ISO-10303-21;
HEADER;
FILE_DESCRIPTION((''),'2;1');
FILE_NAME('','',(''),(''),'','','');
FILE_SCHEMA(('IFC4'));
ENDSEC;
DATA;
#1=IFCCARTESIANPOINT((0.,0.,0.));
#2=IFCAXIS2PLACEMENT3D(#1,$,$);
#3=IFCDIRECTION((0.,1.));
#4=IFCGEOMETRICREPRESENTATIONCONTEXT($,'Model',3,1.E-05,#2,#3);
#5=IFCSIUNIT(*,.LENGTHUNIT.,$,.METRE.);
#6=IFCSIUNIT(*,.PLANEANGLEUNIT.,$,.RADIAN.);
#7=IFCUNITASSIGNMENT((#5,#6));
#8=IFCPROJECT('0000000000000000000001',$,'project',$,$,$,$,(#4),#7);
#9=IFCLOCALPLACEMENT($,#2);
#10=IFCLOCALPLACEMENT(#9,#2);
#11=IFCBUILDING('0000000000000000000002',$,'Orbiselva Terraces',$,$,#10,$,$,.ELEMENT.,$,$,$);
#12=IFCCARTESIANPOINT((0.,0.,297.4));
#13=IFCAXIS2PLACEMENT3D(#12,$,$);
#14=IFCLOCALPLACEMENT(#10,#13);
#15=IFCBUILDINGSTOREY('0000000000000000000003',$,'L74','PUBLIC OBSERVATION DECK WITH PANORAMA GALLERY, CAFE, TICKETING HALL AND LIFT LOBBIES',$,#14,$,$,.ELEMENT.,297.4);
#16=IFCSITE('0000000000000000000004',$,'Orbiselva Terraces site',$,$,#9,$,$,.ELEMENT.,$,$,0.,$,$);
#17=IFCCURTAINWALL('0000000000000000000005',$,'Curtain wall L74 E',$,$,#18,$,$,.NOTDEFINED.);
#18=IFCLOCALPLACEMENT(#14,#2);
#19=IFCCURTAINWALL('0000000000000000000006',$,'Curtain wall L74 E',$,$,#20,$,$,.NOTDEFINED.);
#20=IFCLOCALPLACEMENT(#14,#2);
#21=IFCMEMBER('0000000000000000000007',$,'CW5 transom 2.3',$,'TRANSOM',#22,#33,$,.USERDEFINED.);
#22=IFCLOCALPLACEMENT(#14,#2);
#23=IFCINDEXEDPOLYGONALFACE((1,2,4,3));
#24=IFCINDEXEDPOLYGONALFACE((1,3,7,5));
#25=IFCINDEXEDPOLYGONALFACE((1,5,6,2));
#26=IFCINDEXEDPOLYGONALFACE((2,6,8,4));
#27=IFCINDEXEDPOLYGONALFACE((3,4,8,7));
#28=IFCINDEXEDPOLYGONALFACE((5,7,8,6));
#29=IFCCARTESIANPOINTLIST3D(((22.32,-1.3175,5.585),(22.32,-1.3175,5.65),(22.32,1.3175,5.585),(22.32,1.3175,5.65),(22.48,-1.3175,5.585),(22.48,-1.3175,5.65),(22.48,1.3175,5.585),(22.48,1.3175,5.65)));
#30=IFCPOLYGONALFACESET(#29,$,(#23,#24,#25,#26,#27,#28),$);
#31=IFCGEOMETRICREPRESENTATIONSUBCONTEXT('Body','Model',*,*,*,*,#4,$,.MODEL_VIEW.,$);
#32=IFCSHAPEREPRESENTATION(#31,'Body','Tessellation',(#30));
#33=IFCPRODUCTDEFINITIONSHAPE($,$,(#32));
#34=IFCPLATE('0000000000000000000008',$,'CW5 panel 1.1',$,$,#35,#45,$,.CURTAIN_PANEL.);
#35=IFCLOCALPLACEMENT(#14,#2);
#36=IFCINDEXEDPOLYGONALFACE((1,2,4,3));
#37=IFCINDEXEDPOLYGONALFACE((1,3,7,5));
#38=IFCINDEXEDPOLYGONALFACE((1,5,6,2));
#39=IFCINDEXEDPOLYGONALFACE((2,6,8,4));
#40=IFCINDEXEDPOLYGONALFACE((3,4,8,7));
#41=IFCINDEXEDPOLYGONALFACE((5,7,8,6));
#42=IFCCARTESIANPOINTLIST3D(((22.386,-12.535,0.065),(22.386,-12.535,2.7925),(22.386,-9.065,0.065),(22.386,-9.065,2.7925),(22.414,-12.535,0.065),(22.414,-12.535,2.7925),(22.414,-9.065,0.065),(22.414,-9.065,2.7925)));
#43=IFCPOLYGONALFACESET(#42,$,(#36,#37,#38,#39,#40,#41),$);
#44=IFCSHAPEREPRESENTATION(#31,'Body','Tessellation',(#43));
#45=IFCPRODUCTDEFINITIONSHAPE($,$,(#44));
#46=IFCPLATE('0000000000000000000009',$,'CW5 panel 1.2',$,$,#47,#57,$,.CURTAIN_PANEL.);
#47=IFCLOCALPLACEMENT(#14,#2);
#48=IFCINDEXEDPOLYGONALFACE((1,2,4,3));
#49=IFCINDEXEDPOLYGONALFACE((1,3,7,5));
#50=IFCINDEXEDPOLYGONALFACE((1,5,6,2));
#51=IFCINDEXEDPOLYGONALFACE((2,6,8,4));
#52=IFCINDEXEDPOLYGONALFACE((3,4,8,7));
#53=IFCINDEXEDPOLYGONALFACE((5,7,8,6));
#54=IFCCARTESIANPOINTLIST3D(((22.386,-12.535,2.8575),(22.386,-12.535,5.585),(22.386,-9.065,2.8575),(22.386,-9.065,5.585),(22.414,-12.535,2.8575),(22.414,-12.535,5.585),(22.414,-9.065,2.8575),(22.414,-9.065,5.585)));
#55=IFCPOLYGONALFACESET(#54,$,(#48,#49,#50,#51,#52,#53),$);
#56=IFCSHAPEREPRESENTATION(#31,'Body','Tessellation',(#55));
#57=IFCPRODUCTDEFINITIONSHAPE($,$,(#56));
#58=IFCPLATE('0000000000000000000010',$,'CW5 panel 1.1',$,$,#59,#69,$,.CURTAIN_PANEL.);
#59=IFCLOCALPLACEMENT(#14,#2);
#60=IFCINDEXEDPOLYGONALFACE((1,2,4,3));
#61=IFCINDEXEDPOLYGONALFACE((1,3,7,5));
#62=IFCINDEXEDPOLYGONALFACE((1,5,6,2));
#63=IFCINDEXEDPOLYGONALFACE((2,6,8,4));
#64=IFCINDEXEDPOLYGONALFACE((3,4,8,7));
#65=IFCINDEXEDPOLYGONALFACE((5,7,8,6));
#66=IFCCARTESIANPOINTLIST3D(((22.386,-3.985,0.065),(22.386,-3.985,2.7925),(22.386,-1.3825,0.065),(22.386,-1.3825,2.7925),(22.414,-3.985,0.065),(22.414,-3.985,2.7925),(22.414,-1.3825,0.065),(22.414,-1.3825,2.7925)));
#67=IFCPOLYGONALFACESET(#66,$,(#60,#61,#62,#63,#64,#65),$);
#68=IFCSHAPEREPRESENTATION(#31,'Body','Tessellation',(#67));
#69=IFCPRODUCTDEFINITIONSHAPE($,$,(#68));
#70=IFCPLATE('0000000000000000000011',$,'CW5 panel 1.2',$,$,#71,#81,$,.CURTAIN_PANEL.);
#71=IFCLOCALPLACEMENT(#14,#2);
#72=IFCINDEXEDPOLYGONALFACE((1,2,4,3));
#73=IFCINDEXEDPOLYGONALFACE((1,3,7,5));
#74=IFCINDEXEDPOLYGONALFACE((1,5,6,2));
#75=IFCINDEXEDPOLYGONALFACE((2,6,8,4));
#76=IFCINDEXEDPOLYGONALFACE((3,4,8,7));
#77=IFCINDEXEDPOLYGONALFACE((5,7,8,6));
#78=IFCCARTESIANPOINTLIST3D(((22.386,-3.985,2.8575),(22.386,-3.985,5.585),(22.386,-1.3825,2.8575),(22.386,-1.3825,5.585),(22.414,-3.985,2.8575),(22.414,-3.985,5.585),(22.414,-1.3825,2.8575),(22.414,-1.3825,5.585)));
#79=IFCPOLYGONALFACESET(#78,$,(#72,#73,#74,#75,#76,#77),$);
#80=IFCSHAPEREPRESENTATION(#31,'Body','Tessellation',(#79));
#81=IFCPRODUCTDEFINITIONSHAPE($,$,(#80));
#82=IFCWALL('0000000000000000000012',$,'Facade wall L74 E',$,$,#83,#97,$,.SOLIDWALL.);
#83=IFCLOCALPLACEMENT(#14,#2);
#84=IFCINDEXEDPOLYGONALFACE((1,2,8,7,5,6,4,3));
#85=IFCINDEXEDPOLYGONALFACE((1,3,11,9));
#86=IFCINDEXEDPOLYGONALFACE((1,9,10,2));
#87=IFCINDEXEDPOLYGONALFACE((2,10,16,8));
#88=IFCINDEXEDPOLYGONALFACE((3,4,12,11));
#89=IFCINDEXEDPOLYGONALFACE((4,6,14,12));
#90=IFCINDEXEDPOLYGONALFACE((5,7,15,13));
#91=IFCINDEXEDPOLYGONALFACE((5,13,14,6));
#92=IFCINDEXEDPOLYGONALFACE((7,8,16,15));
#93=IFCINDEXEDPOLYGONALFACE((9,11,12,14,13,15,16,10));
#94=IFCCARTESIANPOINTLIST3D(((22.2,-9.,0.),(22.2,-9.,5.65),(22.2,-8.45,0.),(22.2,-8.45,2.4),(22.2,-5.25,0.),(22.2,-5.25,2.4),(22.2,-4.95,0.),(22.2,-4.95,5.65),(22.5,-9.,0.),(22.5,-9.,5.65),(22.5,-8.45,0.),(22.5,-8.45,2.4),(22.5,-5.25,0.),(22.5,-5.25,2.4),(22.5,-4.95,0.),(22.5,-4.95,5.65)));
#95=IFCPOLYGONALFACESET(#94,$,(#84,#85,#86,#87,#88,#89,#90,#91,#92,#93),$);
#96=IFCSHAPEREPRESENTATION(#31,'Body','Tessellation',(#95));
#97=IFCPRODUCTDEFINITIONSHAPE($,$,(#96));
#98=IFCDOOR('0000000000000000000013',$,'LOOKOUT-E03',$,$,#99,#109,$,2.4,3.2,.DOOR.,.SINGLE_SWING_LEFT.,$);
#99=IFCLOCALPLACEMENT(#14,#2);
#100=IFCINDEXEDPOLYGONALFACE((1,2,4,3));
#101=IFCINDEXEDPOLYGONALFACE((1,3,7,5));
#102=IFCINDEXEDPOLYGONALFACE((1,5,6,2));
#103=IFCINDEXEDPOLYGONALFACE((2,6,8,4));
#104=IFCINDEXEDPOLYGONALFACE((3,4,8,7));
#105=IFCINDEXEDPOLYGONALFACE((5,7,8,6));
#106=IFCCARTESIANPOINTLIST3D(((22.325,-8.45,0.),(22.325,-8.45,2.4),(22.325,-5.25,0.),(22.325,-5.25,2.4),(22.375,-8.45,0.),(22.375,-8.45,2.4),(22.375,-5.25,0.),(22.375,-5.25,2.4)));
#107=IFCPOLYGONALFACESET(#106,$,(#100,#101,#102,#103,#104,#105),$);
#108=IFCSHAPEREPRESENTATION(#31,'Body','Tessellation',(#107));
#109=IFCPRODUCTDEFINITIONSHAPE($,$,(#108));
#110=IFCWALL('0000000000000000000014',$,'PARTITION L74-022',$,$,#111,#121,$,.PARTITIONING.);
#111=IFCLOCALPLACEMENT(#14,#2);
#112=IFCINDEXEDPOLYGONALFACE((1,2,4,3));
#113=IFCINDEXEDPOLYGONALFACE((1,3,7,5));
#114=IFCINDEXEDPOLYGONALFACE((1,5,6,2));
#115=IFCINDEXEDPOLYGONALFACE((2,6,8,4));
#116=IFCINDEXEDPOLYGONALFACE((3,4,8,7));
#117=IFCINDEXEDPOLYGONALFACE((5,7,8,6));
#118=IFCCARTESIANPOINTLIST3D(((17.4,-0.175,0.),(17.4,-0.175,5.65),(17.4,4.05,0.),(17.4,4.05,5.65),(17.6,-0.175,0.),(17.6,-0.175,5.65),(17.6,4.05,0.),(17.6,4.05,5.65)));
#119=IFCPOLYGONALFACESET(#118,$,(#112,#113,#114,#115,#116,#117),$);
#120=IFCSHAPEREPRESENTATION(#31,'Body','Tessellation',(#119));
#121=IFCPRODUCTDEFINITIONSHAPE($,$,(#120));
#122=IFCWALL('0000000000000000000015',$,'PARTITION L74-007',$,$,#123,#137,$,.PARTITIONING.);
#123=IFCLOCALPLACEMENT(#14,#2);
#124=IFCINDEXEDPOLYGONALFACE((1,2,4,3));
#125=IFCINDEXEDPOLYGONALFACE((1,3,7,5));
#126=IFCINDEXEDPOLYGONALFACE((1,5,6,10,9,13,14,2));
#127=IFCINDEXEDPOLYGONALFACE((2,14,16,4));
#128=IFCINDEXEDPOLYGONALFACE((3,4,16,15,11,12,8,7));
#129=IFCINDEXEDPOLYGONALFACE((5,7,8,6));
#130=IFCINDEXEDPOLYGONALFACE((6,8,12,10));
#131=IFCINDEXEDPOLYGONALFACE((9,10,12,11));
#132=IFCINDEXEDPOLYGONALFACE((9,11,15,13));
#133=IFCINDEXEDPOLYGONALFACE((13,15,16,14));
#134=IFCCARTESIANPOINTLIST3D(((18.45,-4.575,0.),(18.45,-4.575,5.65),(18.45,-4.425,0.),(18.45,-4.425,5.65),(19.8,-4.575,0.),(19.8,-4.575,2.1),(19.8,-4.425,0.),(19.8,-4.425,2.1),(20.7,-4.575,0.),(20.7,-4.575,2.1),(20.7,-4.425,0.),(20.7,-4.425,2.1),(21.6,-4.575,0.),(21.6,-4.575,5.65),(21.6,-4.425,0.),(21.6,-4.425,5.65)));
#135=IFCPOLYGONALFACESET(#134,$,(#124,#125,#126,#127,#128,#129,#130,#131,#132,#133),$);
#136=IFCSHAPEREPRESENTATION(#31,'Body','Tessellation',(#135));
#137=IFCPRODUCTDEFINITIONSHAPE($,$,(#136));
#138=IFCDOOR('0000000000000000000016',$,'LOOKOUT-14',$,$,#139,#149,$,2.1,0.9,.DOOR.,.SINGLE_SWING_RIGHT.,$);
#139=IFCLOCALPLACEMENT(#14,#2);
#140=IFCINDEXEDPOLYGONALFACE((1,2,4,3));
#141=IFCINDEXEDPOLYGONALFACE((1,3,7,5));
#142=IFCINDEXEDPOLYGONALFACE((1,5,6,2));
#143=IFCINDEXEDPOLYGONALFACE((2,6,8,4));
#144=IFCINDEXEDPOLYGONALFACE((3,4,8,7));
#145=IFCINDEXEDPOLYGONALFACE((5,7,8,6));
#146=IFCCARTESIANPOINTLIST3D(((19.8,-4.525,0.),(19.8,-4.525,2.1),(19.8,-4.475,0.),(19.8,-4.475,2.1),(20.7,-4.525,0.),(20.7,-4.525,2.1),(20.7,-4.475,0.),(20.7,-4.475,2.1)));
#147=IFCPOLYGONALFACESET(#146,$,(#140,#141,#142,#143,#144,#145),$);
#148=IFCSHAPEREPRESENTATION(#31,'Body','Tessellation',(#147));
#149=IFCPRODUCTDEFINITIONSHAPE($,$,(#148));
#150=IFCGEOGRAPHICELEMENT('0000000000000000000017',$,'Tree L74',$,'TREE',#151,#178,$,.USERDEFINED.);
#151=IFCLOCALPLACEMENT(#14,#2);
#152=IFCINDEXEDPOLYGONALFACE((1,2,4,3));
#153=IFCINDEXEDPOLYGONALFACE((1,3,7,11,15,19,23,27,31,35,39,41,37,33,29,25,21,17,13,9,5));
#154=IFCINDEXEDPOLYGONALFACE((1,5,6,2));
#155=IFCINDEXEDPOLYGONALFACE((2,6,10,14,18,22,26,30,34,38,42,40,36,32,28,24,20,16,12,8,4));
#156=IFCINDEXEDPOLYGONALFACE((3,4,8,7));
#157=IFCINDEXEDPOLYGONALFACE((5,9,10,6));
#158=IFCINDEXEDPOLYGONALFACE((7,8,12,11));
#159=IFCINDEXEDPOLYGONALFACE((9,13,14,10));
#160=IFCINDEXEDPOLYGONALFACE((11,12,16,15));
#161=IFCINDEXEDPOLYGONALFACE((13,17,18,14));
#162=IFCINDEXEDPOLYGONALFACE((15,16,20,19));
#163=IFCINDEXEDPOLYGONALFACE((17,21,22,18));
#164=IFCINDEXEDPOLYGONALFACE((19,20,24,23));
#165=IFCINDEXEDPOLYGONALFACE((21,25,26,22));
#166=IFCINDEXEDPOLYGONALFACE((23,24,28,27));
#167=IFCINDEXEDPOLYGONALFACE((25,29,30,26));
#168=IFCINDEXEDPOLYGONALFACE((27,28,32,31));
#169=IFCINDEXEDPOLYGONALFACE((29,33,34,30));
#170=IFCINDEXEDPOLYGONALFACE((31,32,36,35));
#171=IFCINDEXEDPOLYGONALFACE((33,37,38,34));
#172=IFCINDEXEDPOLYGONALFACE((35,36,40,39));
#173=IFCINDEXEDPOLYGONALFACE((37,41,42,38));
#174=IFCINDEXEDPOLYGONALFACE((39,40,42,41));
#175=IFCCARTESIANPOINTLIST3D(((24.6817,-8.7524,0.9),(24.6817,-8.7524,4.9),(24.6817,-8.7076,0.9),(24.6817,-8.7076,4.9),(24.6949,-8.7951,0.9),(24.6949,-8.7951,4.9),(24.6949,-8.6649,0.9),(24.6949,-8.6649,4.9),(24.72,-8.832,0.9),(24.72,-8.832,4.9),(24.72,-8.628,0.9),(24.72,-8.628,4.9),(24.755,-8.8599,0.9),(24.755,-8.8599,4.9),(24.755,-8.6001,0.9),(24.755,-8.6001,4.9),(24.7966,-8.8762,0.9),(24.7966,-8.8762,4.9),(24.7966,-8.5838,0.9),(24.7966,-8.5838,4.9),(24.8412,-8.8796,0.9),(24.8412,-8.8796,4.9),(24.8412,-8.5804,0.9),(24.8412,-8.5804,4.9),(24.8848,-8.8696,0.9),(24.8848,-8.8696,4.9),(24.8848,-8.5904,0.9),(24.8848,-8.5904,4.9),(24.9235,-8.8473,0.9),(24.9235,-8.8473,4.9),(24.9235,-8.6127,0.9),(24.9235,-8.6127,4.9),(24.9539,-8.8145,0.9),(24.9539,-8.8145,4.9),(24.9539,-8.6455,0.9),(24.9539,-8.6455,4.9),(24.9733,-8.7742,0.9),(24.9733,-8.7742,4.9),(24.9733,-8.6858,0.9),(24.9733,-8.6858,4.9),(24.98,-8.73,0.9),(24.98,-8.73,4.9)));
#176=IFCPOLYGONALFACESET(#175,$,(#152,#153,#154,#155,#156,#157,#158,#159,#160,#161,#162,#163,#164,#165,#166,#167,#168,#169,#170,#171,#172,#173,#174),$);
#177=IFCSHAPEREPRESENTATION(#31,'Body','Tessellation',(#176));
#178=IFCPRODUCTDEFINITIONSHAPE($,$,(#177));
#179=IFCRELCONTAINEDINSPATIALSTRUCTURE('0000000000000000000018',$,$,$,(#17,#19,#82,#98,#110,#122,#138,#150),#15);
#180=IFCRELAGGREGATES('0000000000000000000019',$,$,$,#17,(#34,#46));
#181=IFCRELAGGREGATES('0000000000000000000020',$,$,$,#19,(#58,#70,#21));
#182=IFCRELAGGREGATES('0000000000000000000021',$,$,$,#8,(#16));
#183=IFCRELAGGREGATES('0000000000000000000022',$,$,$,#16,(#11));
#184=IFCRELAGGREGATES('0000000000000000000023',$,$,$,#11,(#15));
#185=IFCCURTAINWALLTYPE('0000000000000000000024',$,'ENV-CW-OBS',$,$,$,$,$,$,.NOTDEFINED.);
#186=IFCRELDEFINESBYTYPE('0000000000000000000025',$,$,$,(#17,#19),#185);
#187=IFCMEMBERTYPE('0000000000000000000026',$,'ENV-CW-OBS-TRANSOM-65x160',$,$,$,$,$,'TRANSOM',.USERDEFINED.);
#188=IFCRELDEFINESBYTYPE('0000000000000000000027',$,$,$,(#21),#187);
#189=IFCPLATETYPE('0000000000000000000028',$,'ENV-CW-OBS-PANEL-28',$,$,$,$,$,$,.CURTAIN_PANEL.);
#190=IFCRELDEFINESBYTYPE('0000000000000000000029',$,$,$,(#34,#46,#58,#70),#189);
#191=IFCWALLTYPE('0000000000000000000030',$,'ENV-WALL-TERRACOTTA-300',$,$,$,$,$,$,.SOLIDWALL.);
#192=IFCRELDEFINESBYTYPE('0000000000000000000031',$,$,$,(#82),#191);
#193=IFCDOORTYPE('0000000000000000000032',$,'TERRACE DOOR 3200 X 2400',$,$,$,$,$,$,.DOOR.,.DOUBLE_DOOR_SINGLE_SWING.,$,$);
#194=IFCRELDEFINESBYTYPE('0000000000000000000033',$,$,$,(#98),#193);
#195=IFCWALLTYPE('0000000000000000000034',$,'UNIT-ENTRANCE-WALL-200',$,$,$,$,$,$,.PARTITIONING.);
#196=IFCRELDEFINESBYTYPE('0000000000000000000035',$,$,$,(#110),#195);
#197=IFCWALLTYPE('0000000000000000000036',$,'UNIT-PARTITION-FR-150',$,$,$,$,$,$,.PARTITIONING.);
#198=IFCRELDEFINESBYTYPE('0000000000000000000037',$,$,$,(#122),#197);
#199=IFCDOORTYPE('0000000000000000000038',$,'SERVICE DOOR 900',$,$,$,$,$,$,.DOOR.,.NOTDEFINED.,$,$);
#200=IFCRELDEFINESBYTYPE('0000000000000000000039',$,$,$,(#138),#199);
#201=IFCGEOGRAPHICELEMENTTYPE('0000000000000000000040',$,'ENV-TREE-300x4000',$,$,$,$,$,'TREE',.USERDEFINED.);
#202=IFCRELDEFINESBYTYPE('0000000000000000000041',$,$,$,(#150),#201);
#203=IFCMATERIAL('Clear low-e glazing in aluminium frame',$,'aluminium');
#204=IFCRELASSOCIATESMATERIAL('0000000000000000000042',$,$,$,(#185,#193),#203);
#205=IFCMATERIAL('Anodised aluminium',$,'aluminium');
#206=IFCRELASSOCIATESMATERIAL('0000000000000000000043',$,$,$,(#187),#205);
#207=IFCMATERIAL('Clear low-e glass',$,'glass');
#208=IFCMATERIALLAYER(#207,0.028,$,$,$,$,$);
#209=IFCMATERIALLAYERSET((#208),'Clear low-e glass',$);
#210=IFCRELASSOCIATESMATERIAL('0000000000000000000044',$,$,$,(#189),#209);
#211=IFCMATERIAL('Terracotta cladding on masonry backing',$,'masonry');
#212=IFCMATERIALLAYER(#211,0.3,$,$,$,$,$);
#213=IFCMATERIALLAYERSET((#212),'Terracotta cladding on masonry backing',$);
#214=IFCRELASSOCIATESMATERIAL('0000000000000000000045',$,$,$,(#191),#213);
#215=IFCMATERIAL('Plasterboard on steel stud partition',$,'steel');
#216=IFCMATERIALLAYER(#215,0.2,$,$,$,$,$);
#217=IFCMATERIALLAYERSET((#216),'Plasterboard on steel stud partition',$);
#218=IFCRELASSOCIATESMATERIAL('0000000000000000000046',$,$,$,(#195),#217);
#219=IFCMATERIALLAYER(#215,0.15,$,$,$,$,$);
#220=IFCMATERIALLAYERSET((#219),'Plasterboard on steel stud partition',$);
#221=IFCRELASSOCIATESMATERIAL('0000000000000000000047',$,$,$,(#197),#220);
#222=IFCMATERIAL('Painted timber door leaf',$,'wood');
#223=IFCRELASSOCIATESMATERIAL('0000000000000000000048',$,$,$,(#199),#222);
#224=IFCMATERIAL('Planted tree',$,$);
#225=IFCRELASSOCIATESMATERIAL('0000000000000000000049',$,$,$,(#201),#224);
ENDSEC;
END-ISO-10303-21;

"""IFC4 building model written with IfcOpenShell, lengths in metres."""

from ifc_helpers import new_model, si_unit, direction, frame, frame_2d, origin, origin_2d, place, context, subcontext, project, spatial, rectangle, circle, extrude, material, layer, layer_set, material_profile, profile_set, type_object, element, fill, aggregate, save


model = new_model("IFC4")

# Units and contexts
model_context = context("Model", 3, precision=1e-05, world=origin(), true_north=direction((0.0, 1.0)))
body_context = subcontext(model_context, "Body", "Model", "MODEL_VIEW")
ifc_project = project(units=[si_unit("LENGTHUNIT", "METRE"), si_unit("PLANEANGLEUNIT", "RADIAN")], contexts=[model_context])

# Site, building, storey
site_placement = place(None, origin())
site = spatial("IfcSite", under=ifc_project, at=site_placement, Name="Orbiselva Terraces site", CompositionType="ELEMENT", RefElevation=0.0)
building_placement = place(site_placement, origin())
building = spatial("IfcBuilding", under=site, at=building_placement, Name="Orbiselva Terraces", CompositionType="ELEMENT")
storey_placement = place(building_placement, frame((0.0, 0.0, 297.4)))
storey = spatial("IfcBuildingStorey", under=building, at=storey_placement, Name="L74", Description="PUBLIC OBSERVATION DECK WITH PANORAMA GALLERY, CAFE, TICKETING HALL AND LIFT LOBBIES", CompositionType="ELEMENT", Elevation=297.4)

# Curtain walls
ifc_material_1 = material(Name="Clear low-e glazing in aluminium frame", Category="aluminium")
curtain_wall_type = type_object("IfcCurtainWallType", Name="ENV-CW-OBS", PredefinedType="NOTDEFINED", material=ifc_material_1)
curtain_wall_1_placement = place(storey_placement, origin())
curtain_wall_1 = element("IfcCurtainWall", 1, at=curtain_wall_1_placement, inside=storey, type_object=curtain_wall_type, Name="Curtain wall L74 E", PredefinedType="NOTDEFINED")
ifc_material_2 = material(Name="Anodised aluminium", Category="aluminium")
curtain_wall_2_placement = place(storey_placement, origin())
curtain_wall_2 = element("IfcCurtainWall", 2, at=curtain_wall_2_placement, inside=storey, type_object=curtain_wall_type, Name="Curtain wall L74 E", PredefinedType="NOTDEFINED")

# Member
ifc_material_profile_1 = material_profile(ifc_material_2, rectangle(XDim=0.16, YDim=0.065, at=origin_2d()), Name="AL 65x160")
ifc_profile_set_1 = profile_set([ifc_material_profile_1], Name="Anodised aluminium")
member_type_1 = type_object("IfcMemberType", Name="ENV-CW-OBS-TRANSOM-65x160", ElementType="TRANSOM", PredefinedType="USERDEFINED", material=ifc_profile_set_1)
member_1_placement = place(storey_placement, frame((22.4, -1.3175, 5.6175), z_axis=(0.0, 1.0, 0.0), x_axis=(-1.0, 0.0, 0.0)))
member_1 = element("IfcMember", 3, at=member_1_placement, type_object=member_type_1, Name="CW5 transom 2.3", ObjectType="TRANSOM", PredefinedType="USERDEFINED", context=body_context, shape_type="SweptSolid", body=[
    extrude(rectangle(XDim=0.16, YDim=0.065, at=origin_2d()), origin(), (0.0, 0.0, 1.0), 2.635),
])

# Plates
ifc_material_3 = material(Name="Clear low-e glass", Category="glass")
ifc_layer_1 = layer(ifc_material_3, 0.028)
ifc_layer_set_1 = layer_set([ifc_layer_1], Name="Clear low-e glass")
plate_type = type_object("IfcPlateType", Name="ENV-CW-OBS-PANEL-28", PredefinedType="CURTAIN_PANEL", material=ifc_layer_set_1)
plate_1_placement = place(storey_placement, frame((22.4, -10.8, 0.065), z_axis=(0.0, 0.0, 1.0), x_axis=(0.0, 1.0, 0.0)))
plate_1 = element("IfcPlate", 4, at=plate_1_placement, type_object=plate_type, Name="CW5 panel 1.1", PredefinedType="CURTAIN_PANEL", context=body_context, shape_type="SweptSolid", body=[
    extrude(rectangle(XDim=3.47, YDim=0.028, at=origin_2d()), origin(), (0.0, 0.0, 1.0), 2.7275),
])
plate_2_placement = place(storey_placement, frame((22.4, -10.8, 2.8575), z_axis=(0.0, 0.0, 1.0), x_axis=(0.0, 1.0, 0.0)))
plate_2 = element("IfcPlate", 5, at=plate_2_placement, type_object=plate_type, Name="CW5 panel 1.2", PredefinedType="CURTAIN_PANEL", context=body_context, shape_type="SweptSolid", body=[
    extrude(rectangle(XDim=3.47, YDim=0.028, at=origin_2d()), origin(), (0.0, 0.0, 1.0), 2.7275),
])
aggregate(curtain_wall_1, [plate_1, plate_2])
plate_3_placement = place(storey_placement, frame((22.4, -2.6837, 0.065), z_axis=(0.0, 0.0, 1.0), x_axis=(0.0, 1.0, 0.0)))
plate_3 = element("IfcPlate", 6, at=plate_3_placement, type_object=plate_type, Name="CW5 panel 1.1", PredefinedType="CURTAIN_PANEL", context=body_context, shape_type="SweptSolid", body=[
    extrude(rectangle(XDim=2.6025, YDim=0.028, at=origin_2d()), origin(), (0.0, 0.0, 1.0), 2.7275),
])
plate_4_placement = place(storey_placement, frame((22.4, -2.6837, 2.8575), z_axis=(0.0, 0.0, 1.0), x_axis=(0.0, 1.0, 0.0)))
plate_4 = element("IfcPlate", 7, at=plate_4_placement, type_object=plate_type, Name="CW5 panel 1.2", PredefinedType="CURTAIN_PANEL", context=body_context, shape_type="SweptSolid", body=[
    extrude(rectangle(XDim=2.6025, YDim=0.028, at=origin_2d()), origin(), (0.0, 0.0, 1.0), 2.7275),
])
aggregate(curtain_wall_2, [plate_3, plate_4, member_1])

# Wall, opening, door
ifc_material_4 = material(Name="Terracotta cladding on masonry backing", Category="masonry")
ifc_layer_2 = layer(ifc_material_4, 0.3)
ifc_layer_set_2 = layer_set([ifc_layer_2], Name="Terracotta cladding on masonry backing")
wall_type_1 = type_object("IfcWallType", Name="ENV-WALL-TERRACOTTA-300", PredefinedType="SOLIDWALL", material=ifc_layer_set_2)
wall_1_placement = place(storey_placement, frame((22.35, -4.95, 0.0), z_axis=(0.0, 0.0, 1.0), x_axis=(0.0, -1.0, 0.0)))
wall_1 = element("IfcWall", 8, at=wall_1_placement, inside=storey, type_object=wall_type_1, Name="Facade wall L74 E", PredefinedType="SOLIDWALL", context=body_context, shape_type="SweptSolid", body=[
    extrude(rectangle(XDim=4.05, YDim=0.3, at=frame_2d((2.025, 0.0))), origin(), (0.0, 0.0, 1.0), 5.65),
])
opening_1_placement = place(wall_1_placement, frame((0.3, 0.0, 0.0)))
opening_1 = element("IfcOpeningElement", 9, at=opening_1_placement, cuts=wall_1, PredefinedType="OPENING", context=body_context, shape_type="SweptSolid", body=[
    extrude(rectangle(XDim=3.2, YDim=2.4, at=frame_2d((1.6, 1.2))), frame((0.0, 0.16, 0.0), z_axis=(0.0, -1.0, 0.0), x_axis=(1.0, 0.0, 0.0)), (0.0, 0.0, 1.0), 0.32),
])
door_type_1 = type_object("IfcDoorType", Name="TERRACE DOOR 3200 X 2400", OperationType="DOUBLE_DOOR_SINGLE_SWING", PredefinedType="DOOR", material=ifc_material_1)
door_1_placement = place(opening_1_placement, origin())
door_1 = element("IfcDoor", 10, at=door_1_placement, inside=storey, type_object=door_type_1, Name="LOOKOUT-E03", OperationType="SINGLE_SWING_LEFT", OverallHeight=2.4, OverallWidth=3.2, PredefinedType="DOOR", context=body_context, shape_type="SweptSolid", body=[
    extrude(rectangle(XDim=3.2, YDim=2.4, at=frame_2d((1.6, 1.2))), frame((0.0, 0.025, 0.0), z_axis=(0.0, -1.0, 0.0), x_axis=(1.0, 0.0, 0.0)), (0.0, 0.0, 1.0), 0.05),
])
fill(opening_1, door_1)

# Wall
ifc_material_5 = material(Name="Plasterboard on steel stud partition", Category="steel")
ifc_layer_3 = layer(ifc_material_5, 0.2)
ifc_layer_set_3 = layer_set([ifc_layer_3], Name="Plasterboard on steel stud partition")
wall_type_2 = type_object("IfcWallType", Name="UNIT-ENTRANCE-WALL-200", PredefinedType="PARTITIONING", material=ifc_layer_set_3)
wall_2_placement = place(storey_placement, frame((17.5, -0.175, 0.0), z_axis=(0.0, 0.0, 1.0), x_axis=(0.0, 1.0, 0.0)))
element("IfcWall", 11, at=wall_2_placement, inside=storey, type_object=wall_type_2, Name="PARTITION L74-022", PredefinedType="PARTITIONING", context=body_context, shape_type="SweptSolid", body=[
    extrude(rectangle(XDim=4.225, YDim=0.2, at=frame_2d((2.1125, 0.0))), origin(), (0.0, 0.0, 1.0), 5.65),
])

# Wall, opening, door
ifc_layer_4 = layer(ifc_material_5, 0.15)
ifc_layer_set_4 = layer_set([ifc_layer_4], Name="Plasterboard on steel stud partition")
wall_type_3 = type_object("IfcWallType", Name="UNIT-PARTITION-FR-150", PredefinedType="PARTITIONING", material=ifc_layer_set_4)
wall_3_placement = place(storey_placement, frame((18.45, -4.5, 0.0), z_axis=(0.0, 0.0, 1.0), x_axis=(1.0, 0.0, 0.0)))
wall_3 = element("IfcWall", 12, at=wall_3_placement, inside=storey, type_object=wall_type_3, Name="PARTITION L74-007", PredefinedType="PARTITIONING", context=body_context, shape_type="SweptSolid", body=[
    extrude(rectangle(XDim=3.15, YDim=0.15, at=frame_2d((1.575, 0.0))), origin(), (0.0, 0.0, 1.0), 5.65),
])
opening_2_placement = place(wall_3_placement, frame((1.35, 0.0, 0.0)))
opening_2 = element("IfcOpeningElement", 13, at=opening_2_placement, cuts=wall_3, PredefinedType="OPENING", context=body_context, shape_type="SweptSolid", body=[
    extrude(rectangle(XDim=0.9, YDim=2.1, at=frame_2d((0.45, 1.05))), frame((0.0, 0.085, 0.0), z_axis=(0.0, -1.0, 0.0), x_axis=(1.0, 0.0, 0.0)), (0.0, 0.0, 1.0), 0.17),
])
ifc_material_6 = material(Name="Painted timber door leaf", Category="wood")
door_type_2 = type_object("IfcDoorType", Name="SERVICE DOOR 900", OperationType="NOTDEFINED", PredefinedType="DOOR", material=ifc_material_6)
door_2_placement = place(opening_2_placement, origin())
door_2 = element("IfcDoor", 14, at=door_2_placement, inside=storey, type_object=door_type_2, Name="LOOKOUT-14", OperationType="SINGLE_SWING_RIGHT", OverallHeight=2.1, OverallWidth=0.9, PredefinedType="DOOR", context=body_context, shape_type="SweptSolid", body=[
    extrude(rectangle(XDim=0.9, YDim=2.1, at=frame_2d((0.45, 1.05))), frame((0.0, 0.025, 0.0), z_axis=(0.0, -1.0, 0.0), x_axis=(1.0, 0.0, 0.0)), (0.0, 0.0, 1.0), 0.05),
])
fill(opening_2, door_2)

# Geographic element
ifc_material_7 = material(Name="Planted tree")
geographic_element_type = type_object("IfcGeographicElementType", Name="ENV-TREE-300x4000", ElementType="TREE", PredefinedType="USERDEFINED", material=ifc_material_7)
geographic_element_placement = place(storey_placement, frame((24.83, -8.73, 4.9), z_axis=(0.0, 0.0, -1.0), x_axis=(1.0, 0.0, 0.0)))
element("IfcGeographicElement", 15, at=geographic_element_placement, inside=storey, type_object=geographic_element_type, Name="Tree L74", ObjectType="TREE", PredefinedType="USERDEFINED", context=body_context, shape_type="SweptSolid", body=[
    extrude(circle(Radius=0.15, at=origin_2d()), origin(), (0.0, 0.0, 1.0), 4.0),
])

save(model, "model.ifc")
